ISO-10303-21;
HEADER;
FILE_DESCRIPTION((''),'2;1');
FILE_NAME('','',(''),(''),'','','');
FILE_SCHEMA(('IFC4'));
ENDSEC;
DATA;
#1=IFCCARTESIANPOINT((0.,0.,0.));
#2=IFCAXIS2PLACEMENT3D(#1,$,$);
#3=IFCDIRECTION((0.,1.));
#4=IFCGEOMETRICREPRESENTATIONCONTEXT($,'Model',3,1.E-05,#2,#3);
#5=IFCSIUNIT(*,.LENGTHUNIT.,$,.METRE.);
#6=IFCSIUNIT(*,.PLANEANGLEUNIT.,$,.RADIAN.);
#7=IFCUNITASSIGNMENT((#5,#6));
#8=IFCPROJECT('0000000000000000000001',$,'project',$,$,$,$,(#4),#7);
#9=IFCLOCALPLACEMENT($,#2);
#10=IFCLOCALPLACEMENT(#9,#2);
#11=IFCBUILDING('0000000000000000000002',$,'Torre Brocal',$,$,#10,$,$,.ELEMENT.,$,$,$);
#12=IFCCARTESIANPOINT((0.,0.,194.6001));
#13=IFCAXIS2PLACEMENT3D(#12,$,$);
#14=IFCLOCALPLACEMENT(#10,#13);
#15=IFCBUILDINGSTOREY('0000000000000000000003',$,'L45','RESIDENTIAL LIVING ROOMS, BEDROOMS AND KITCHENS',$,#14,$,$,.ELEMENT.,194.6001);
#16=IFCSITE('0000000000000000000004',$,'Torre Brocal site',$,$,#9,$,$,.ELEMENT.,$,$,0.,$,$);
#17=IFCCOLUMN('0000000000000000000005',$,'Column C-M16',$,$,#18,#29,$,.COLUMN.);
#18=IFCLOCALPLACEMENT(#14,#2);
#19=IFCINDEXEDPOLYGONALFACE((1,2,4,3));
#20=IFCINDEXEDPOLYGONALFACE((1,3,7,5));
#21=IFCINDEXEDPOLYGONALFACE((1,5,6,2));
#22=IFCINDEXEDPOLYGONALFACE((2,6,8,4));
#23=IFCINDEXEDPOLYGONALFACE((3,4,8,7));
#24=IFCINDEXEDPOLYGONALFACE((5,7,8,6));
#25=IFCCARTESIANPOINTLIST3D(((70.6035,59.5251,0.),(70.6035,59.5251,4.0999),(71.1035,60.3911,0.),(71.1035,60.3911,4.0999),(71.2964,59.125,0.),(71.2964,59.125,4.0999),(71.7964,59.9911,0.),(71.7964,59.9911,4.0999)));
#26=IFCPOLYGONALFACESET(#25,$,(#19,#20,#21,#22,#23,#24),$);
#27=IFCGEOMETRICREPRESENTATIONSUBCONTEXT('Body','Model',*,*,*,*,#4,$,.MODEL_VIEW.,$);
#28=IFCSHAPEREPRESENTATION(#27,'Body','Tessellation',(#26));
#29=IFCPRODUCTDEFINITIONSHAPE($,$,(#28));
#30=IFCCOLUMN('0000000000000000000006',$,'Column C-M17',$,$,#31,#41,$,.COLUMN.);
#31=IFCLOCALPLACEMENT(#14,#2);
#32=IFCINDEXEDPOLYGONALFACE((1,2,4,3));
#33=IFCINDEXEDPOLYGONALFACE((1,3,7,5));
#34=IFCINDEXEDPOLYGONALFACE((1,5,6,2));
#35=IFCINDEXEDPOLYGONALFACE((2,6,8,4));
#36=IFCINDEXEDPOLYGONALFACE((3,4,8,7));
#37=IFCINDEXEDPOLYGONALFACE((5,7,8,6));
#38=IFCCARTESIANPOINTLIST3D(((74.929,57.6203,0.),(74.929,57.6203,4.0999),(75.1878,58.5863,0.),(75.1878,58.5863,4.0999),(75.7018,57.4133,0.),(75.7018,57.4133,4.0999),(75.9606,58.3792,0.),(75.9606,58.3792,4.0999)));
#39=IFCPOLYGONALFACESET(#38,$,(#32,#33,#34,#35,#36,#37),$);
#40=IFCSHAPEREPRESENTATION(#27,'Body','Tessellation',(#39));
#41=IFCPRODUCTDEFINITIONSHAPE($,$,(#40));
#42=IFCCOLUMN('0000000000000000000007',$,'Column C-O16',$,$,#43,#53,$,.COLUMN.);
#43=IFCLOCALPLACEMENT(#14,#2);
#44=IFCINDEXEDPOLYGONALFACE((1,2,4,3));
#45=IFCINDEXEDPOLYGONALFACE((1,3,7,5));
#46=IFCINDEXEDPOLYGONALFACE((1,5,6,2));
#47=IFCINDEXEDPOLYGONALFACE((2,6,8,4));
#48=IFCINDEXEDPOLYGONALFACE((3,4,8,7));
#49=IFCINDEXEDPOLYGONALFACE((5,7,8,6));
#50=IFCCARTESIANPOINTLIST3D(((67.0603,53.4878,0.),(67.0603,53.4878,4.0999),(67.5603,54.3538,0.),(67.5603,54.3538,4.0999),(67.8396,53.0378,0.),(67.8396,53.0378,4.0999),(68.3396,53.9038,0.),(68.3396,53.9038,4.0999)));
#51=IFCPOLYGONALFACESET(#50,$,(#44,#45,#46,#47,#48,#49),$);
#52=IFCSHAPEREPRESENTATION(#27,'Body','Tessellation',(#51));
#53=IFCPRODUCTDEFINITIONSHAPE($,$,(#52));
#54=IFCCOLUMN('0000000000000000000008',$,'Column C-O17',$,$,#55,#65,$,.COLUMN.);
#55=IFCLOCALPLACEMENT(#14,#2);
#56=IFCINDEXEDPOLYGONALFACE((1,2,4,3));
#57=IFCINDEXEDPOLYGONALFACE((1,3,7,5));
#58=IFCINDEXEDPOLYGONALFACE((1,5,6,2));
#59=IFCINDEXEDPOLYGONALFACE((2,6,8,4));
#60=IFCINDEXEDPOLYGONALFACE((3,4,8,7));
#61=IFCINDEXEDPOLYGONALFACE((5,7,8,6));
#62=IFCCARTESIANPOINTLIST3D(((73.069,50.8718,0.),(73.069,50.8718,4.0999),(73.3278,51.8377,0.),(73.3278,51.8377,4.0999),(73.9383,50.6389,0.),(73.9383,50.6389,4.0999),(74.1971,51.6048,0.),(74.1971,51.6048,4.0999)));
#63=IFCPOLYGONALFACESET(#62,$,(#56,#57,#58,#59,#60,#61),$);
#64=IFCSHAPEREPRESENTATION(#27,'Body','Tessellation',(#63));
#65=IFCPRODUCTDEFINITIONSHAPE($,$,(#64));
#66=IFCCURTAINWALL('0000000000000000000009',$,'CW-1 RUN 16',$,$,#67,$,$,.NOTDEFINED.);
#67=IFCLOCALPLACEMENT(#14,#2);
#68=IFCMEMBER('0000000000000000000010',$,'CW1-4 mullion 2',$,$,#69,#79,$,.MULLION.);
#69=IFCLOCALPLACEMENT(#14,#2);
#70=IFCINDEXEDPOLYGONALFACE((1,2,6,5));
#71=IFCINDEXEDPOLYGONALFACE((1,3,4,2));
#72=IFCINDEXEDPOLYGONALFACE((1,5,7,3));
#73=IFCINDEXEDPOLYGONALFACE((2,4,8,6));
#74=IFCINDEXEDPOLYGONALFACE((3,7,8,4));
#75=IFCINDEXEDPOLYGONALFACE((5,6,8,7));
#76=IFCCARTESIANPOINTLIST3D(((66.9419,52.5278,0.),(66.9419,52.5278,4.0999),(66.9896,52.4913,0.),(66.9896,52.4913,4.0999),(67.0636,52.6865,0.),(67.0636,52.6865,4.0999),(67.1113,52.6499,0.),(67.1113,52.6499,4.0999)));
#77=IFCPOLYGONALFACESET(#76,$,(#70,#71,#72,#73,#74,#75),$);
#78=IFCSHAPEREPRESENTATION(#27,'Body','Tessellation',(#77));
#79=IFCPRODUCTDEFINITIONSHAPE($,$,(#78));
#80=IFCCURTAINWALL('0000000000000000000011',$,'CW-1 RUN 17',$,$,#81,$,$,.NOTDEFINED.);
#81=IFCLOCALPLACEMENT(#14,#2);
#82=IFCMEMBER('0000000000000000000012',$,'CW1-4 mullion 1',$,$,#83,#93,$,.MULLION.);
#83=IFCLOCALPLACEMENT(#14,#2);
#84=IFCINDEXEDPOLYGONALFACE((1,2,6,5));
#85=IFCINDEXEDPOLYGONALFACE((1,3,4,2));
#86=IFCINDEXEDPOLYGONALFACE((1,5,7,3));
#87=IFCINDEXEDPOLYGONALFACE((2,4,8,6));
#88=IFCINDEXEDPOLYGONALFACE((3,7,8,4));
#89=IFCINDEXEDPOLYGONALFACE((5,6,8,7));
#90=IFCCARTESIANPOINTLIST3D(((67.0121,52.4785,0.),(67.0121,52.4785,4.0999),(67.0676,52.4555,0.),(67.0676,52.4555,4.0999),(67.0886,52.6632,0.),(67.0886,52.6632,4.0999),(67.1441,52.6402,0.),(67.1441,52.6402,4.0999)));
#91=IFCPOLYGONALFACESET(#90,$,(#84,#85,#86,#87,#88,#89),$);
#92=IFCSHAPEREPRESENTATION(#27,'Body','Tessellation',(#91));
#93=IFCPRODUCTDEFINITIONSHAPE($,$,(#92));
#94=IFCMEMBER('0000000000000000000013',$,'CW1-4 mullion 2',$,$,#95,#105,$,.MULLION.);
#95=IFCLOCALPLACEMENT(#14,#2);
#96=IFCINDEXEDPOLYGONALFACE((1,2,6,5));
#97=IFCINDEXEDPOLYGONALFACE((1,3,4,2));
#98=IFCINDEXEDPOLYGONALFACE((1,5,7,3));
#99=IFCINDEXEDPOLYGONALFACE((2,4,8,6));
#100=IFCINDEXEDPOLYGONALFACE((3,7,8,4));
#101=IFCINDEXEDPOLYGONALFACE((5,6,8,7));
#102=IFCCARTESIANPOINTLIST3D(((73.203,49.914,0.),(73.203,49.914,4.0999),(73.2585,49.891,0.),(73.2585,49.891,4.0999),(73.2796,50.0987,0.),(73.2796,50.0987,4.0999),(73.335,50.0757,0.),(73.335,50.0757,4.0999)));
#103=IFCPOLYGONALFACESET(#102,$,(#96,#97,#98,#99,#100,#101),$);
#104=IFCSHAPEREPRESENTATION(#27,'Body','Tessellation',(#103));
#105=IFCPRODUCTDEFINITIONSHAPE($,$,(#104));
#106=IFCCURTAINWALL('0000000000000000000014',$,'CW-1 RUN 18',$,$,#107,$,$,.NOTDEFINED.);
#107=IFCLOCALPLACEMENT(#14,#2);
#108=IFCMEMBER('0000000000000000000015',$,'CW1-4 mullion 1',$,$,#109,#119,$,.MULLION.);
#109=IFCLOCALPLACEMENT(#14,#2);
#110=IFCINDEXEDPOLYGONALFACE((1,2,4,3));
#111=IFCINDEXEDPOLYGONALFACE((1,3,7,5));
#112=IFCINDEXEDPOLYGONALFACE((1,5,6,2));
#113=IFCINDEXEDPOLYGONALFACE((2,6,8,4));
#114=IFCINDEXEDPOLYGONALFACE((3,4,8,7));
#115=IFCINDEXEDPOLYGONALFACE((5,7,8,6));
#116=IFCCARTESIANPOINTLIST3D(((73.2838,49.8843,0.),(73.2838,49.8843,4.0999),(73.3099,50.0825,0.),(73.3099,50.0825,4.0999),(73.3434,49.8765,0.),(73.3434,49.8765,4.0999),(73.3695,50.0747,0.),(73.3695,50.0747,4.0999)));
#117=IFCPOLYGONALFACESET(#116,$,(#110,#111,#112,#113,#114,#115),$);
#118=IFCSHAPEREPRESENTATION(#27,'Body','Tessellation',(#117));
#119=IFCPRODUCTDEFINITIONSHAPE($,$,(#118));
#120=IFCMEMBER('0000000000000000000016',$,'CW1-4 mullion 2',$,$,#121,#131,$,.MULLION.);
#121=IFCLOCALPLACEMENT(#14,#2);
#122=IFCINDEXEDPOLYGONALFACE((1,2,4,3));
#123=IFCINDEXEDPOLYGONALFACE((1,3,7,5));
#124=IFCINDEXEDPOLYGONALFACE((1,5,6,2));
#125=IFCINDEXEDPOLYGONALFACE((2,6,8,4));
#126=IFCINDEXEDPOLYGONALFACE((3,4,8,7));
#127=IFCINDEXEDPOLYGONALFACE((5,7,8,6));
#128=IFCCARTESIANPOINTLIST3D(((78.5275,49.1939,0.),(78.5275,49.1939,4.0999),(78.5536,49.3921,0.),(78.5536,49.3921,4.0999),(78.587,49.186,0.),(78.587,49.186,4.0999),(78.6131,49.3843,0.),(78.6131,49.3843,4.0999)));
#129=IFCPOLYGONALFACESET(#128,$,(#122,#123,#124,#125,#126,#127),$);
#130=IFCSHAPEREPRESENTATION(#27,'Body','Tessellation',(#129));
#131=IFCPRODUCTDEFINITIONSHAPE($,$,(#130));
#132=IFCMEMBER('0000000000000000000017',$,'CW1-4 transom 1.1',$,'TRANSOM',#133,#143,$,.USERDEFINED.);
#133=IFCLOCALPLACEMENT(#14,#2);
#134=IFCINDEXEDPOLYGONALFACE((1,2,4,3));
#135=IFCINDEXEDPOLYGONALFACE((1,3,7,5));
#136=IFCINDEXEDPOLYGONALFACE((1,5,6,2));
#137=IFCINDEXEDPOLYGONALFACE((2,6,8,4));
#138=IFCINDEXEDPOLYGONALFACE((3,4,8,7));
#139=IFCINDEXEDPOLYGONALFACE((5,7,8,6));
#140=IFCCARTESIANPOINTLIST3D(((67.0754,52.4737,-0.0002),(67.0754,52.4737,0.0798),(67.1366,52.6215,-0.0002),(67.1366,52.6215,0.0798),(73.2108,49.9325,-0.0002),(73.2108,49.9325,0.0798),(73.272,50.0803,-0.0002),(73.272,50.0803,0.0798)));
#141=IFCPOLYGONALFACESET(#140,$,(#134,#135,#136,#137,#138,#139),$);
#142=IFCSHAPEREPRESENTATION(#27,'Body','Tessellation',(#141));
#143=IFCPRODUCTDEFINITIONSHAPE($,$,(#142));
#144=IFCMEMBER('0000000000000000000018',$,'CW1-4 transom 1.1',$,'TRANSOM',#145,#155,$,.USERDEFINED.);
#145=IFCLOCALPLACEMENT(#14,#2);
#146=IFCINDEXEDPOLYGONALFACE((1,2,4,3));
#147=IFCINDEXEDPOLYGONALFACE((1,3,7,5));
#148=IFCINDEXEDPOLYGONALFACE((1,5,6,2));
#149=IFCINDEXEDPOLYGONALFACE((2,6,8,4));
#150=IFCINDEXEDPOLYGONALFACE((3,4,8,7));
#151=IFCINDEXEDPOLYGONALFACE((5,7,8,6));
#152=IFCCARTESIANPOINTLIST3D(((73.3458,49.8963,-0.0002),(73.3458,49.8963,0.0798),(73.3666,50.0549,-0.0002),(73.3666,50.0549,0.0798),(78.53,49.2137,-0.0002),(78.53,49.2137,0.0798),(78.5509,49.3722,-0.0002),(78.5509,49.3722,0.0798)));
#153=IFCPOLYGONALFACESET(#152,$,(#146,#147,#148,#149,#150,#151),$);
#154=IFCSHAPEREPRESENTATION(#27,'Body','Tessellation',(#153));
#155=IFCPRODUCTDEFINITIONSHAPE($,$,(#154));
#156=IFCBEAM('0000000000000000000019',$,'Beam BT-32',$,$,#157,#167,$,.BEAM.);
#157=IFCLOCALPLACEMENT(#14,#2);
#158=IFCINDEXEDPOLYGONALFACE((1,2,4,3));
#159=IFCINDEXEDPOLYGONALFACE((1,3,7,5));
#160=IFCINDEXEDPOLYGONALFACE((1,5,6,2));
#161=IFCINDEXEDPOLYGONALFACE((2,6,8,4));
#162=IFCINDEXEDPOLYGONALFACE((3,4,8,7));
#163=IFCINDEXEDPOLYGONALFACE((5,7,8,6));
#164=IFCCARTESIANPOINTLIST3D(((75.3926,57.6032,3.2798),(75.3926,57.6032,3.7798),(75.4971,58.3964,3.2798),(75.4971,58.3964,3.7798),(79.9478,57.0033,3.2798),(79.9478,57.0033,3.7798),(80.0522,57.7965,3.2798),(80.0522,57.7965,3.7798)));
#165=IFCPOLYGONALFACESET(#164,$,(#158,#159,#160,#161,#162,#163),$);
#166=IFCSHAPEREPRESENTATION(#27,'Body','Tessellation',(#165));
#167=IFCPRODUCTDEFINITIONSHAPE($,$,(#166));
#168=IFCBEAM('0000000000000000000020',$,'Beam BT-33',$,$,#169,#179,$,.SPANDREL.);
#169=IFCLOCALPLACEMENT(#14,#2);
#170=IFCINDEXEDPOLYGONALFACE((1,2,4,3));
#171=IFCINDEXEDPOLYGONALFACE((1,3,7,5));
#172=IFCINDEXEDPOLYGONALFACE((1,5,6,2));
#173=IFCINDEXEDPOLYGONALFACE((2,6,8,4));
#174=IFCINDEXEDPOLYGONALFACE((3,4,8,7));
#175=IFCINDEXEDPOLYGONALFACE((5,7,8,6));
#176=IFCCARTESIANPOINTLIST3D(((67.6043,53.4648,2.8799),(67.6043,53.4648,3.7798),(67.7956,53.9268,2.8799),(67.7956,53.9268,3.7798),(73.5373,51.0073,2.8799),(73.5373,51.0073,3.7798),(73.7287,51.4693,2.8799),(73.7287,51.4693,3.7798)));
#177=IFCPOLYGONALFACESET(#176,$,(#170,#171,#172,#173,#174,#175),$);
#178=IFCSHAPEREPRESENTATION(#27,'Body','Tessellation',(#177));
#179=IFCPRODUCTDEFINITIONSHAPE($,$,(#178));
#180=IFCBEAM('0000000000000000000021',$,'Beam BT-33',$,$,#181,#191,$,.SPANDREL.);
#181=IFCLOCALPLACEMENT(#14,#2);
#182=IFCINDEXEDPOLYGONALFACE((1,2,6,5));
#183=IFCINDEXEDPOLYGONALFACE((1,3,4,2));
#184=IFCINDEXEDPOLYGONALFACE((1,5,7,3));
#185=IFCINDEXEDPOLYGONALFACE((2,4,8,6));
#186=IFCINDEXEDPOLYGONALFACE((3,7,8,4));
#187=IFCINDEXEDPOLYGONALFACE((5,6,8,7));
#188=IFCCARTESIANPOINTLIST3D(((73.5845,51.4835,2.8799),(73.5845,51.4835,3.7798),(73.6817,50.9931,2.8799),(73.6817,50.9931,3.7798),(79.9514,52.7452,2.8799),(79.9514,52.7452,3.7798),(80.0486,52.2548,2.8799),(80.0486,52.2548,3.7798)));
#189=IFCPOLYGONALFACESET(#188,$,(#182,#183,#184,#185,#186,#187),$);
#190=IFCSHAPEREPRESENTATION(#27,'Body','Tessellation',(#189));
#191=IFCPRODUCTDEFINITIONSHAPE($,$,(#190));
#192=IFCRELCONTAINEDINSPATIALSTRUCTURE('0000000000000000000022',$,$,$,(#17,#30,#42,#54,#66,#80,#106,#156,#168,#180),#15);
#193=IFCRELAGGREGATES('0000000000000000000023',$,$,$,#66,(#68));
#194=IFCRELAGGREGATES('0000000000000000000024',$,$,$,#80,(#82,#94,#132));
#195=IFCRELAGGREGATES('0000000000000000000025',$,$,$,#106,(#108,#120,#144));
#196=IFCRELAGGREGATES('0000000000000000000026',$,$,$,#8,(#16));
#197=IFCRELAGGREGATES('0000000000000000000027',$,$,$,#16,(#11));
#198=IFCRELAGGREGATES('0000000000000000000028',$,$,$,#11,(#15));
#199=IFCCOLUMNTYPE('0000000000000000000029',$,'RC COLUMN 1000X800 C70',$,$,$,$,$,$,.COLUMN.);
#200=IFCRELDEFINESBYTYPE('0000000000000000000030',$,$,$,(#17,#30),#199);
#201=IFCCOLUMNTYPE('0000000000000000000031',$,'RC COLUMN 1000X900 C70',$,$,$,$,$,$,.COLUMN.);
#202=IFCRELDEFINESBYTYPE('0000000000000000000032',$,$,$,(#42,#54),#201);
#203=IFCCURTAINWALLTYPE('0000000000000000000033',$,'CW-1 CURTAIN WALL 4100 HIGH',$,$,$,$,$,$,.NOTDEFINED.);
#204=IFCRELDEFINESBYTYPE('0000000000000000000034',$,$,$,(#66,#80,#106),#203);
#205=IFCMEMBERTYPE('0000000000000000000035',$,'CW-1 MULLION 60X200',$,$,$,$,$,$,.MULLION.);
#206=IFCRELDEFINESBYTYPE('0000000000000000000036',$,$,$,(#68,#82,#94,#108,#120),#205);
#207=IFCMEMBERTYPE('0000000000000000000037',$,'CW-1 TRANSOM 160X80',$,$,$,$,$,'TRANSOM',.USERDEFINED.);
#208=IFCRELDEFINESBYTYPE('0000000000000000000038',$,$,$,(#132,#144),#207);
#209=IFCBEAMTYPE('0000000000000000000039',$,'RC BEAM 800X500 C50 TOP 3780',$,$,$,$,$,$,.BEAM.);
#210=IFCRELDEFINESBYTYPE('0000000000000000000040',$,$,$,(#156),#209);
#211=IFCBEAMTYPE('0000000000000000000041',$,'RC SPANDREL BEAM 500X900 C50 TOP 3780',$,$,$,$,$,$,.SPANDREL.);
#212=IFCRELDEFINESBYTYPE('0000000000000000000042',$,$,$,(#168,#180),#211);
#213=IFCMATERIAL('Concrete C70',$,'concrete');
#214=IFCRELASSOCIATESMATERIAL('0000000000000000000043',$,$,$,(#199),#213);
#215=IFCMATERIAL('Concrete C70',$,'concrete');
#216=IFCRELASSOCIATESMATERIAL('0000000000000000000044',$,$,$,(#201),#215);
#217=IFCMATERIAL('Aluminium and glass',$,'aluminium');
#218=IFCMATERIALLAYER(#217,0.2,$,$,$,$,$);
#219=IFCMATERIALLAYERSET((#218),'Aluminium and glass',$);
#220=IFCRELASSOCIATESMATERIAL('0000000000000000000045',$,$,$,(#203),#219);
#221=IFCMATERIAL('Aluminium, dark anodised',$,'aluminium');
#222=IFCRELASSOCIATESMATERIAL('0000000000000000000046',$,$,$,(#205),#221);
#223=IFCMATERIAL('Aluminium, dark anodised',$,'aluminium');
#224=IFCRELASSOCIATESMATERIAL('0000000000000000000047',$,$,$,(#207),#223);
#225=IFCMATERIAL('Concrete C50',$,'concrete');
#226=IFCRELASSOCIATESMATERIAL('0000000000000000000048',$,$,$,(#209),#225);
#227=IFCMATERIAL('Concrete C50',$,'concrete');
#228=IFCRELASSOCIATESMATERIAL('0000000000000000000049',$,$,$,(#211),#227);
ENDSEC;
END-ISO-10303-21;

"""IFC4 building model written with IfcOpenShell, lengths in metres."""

from ifc_helpers import new_model, si_unit, direction, frame, origin, origin_2d, place, context, subcontext, project, spatial, rectangle, extrude, material, layer, layer_set, material_profile, profile_set, type_object, element, aggregate, save


model = new_model("IFC4")

# Units and contexts
model_context = context("Model", 3, precision=1e-05, world=origin(), true_north=direction((0.0, 1.0)))
body_context = subcontext(model_context, "Body", "Model", "MODEL_VIEW")
ifc_project = project(units=[si_unit("LENGTHUNIT", "METRE"), si_unit("PLANEANGLEUNIT", "RADIAN")], contexts=[model_context])

# Site, building, storey
site_placement = place(None, origin())
site = spatial("IfcSite", under=ifc_project, at=site_placement, Name="Torre Brocal site", CompositionType="ELEMENT", RefElevation=0.0)
building_placement = place(site_placement, origin())
building = spatial("IfcBuilding", under=site, at=building_placement, Name="Torre Brocal", CompositionType="ELEMENT")
storey_placement = place(building_placement, frame((0.0, 0.0, 194.6001)))
storey = spatial("IfcBuildingStorey", under=building, at=storey_placement, Name="L45", Description="RESIDENTIAL LIVING ROOMS, BEDROOMS AND KITCHENS", CompositionType="ELEMENT", Elevation=194.6001)

# Columns
ifc_material_1 = material(Name="Concrete C70", Category="concrete")
ifc_material_profile_1 = material_profile(ifc_material_1, rectangle(XDim=1.0, YDim=0.8, at=origin_2d()), Name="RC 1000X800")
ifc_profile_set_1 = profile_set([ifc_material_profile_1], Name="Concrete C70")
column_type_1 = type_object("IfcColumnType", Name="RC COLUMN 1000X800 C70", PredefinedType="COLUMN", material=ifc_profile_set_1)
for number, where, z_axis, x_axis, name in (
    (1, (71.2, 59.7581, 0.0), (0.0, 0.0, 1.0), (-0.5, -0.866025, 0.0), "Column C-M16"),
    (2, (75.4448, 57.9998, 0.0), (0.0, 0.0, 1.0), (-0.258819, -0.965926, 0.0), "Column C-M17"),
):
    element("IfcColumn", number, at=place(storey_placement, frame(where, z_axis=z_axis, x_axis=x_axis)), inside=storey, type_object=column_type_1, Name=name, PredefinedType="COLUMN", context=body_context, shape_type="SweptSolid", body=[
        extrude(rectangle(XDim=1.0, YDim=0.8, at=origin_2d()), origin(), (0.0, 0.0, 1.0), 4.0999),
    ])
ifc_material_2 = material(Name="Concrete C70", Category="concrete")
ifc_material_profile_2 = material_profile(ifc_material_2, rectangle(XDim=1.0, YDim=0.8999, at=origin_2d()), Name="RC 1000X900")
ifc_profile_set_2 = profile_set([ifc_material_profile_2], Name="Concrete C70")
column_type_2 = type_object("IfcColumnType", Name="RC COLUMN 1000X900 C70", PredefinedType="COLUMN", material=ifc_profile_set_2)
for number, where, z_axis, x_axis, name in (
    (3, (67.7, 53.6958, 0.0), (0.0, 0.0, 1.0), (-0.5, -0.866025, 0.0), "Column C-O16"),
    (4, (73.6331, 51.2383, 0.0), (0.0, 0.0, 1.0), (-0.258819, -0.965926, 0.0), "Column C-O17"),
):
    element("IfcColumn", number, at=place(storey_placement, frame(where, z_axis=z_axis, x_axis=x_axis)), inside=storey, type_object=column_type_2, Name=name, PredefinedType="COLUMN", context=body_context, shape_type="SweptSolid", body=[
        extrude(rectangle(XDim=1.0, YDim=0.8999, at=origin_2d()), origin(), (0.0, 0.0, 1.0), 4.0999),
    ])

# Curtain wall, member
ifc_material_3 = material(Name="Aluminium and glass", Category="aluminium")
ifc_layer_1 = layer(ifc_material_3, 0.2)
ifc_layer_set_1 = layer_set([ifc_layer_1], Name="Aluminium and glass")
curtain_wall_type = type_object("IfcCurtainWallType", Name="CW-1 CURTAIN WALL 4100 HIGH", PredefinedType="NOTDEFINED", material=ifc_layer_set_1)
curtain_wall_1_placement = place(storey_placement, origin())
curtain_wall_1 = element("IfcCurtainWall", 5, at=curtain_wall_1_placement, inside=storey, type_object=curtain_wall_type, Name="CW-1 RUN 16", PredefinedType="NOTDEFINED")
ifc_material_4 = material(Name="Aluminium, dark anodised", Category="aluminium")
ifc_material_profile_3 = material_profile(ifc_material_4, rectangle(XDim=0.2, YDim=0.0601, at=origin_2d()), Name="CW-1 MULLION 60X200")
ifc_profile_set_3 = profile_set([ifc_material_profile_3], Name="Aluminium, dark anodised")
member_type_1 = type_object("IfcMemberType", Name="CW-1 MULLION 60X200", PredefinedType="MULLION", material=ifc_profile_set_3)
member_1_placement = place(storey_placement, frame((67.0266, 52.5889, 0.0), z_axis=(0.0, 0.0, 1.0), x_axis=(0.608761, 0.793353, 0.0)))
member_1 = element("IfcMember", 6, at=member_1_placement, type_object=member_type_1, Name="CW1-4 mullion 2", PredefinedType="MULLION", context=body_context, shape_type="SweptSolid", body=[
    extrude(rectangle(XDim=0.2, YDim=0.0601, at=origin_2d()), origin(), (0.0, 0.0, 1.0), 4.0999),
])
aggregate(curtain_wall_1, [member_1])

# Curtain walls, members
curtain_wall_2_placement = place(storey_placement, origin())
curtain_wall_2 = element("IfcCurtainWall", 7, at=curtain_wall_2_placement, inside=storey, type_object=curtain_wall_type, Name="CW-1 RUN 17", PredefinedType="NOTDEFINED")
member_2_placement = place(storey_placement, frame((67.0781, 52.5593, 0.0), z_axis=(0.0, 0.0, 1.0), x_axis=(0.382683, 0.92388, 0.0)))
member_2 = element("IfcMember", 8, at=member_2_placement, type_object=member_type_1, Name="CW1-4 mullion 1", PredefinedType="MULLION", context=body_context, shape_type="SweptSolid", body=[
    extrude(rectangle(XDim=0.2, YDim=0.0601, at=origin_2d()), origin(), (0.0, 0.0, 1.0), 4.0999),
])
member_3_placement = place(storey_placement, frame((73.269, 49.9949, 0.0), z_axis=(0.0, 0.0, 1.0), x_axis=(0.382683, 0.92388, 0.0)))
member_3 = element("IfcMember", 9, at=member_3_placement, type_object=member_type_1, Name="CW1-4 mullion 2", PredefinedType="MULLION", context=body_context, shape_type="SweptSolid", body=[
    extrude(rectangle(XDim=0.2, YDim=0.0601, at=origin_2d()), origin(), (0.0, 0.0, 1.0), 4.0999),
])
curtain_wall_3_placement = place(storey_placement, origin())
curtain_wall_3 = element("IfcCurtainWall", 10, at=curtain_wall_3_placement, inside=storey, type_object=curtain_wall_type, Name="CW-1 RUN 18", PredefinedType="NOTDEFINED")
member_4_placement = place(storey_placement, frame((73.3267, 49.9795, 0.0), z_axis=(0.0, 0.0, 1.0), x_axis=(0.130526, 0.991445, 0.0)))
member_4 = element("IfcMember", 11, at=member_4_placement, type_object=member_type_1, Name="CW1-4 mullion 1", PredefinedType="MULLION", context=body_context, shape_type="SweptSolid", body=[
    extrude(rectangle(XDim=0.2, YDim=0.0601, at=origin_2d()), origin(), (0.0, 0.0, 1.0), 4.0999),
])
member_5_placement = place(storey_placement, frame((78.5703, 49.2891, 0.0), z_axis=(0.0, 0.0, 1.0), x_axis=(0.130526, 0.991445, 0.0)))
member_5 = element("IfcMember", 12, at=member_5_placement, type_object=member_type_1, Name="CW1-4 mullion 2", PredefinedType="MULLION", context=body_context, shape_type="SweptSolid", body=[
    extrude(rectangle(XDim=0.2, YDim=0.0601, at=origin_2d()), origin(), (0.0, 0.0, 1.0), 4.0999),
])

# Members
ifc_material_5 = material(Name="Aluminium, dark anodised", Category="aluminium")
ifc_material_profile_4 = material_profile(ifc_material_5, rectangle(XDim=0.1599, YDim=0.0801, at=origin_2d()), Name="CW-1 TRANSOM 160X80")
ifc_profile_set_4 = profile_set([ifc_material_profile_4], Name="Aluminium, dark anodised")
member_type_2 = type_object("IfcMemberType", Name="CW-1 TRANSOM 160X80", ElementType="TRANSOM", PredefinedType="USERDEFINED", material=ifc_profile_set_4)
member_6_placement = place(storey_placement, frame((67.106, 52.5476, 0.0398), z_axis=(0.923887, -0.382665, 0.0), x_axis=(0.382665, 0.923887, 0.0)))
member_6 = element("IfcMember", 13, at=member_6_placement, type_object=member_type_2, Name="CW1-4 transom 1.1", ObjectType="TRANSOM", PredefinedType="USERDEFINED", context=body_context, shape_type="SweptSolid", body=[
    extrude(rectangle(XDim=0.1599, YDim=0.0801, at=origin_2d()), origin(), (0.0, 0.0, 1.0), 6.6409),
])
member_7_placement = place(storey_placement, frame((73.3562, 49.9756, 0.0398), z_axis=(0.991443, -0.130543, 0.0), x_axis=(0.130543, 0.991443, 0.0)))
member_7 = element("IfcMember", 14, at=member_7_placement, type_object=member_type_2, Name="CW1-4 transom 1.1", ObjectType="TRANSOM", PredefinedType="USERDEFINED", context=body_context, shape_type="SweptSolid", body=[
    extrude(rectangle(XDim=0.1599, YDim=0.0801, at=origin_2d()), origin(), (0.0, 0.0, 1.0), 5.229),
])

# Beams
ifc_material_6 = material(Name="Concrete C50", Category="concrete")
ifc_material_profile_5 = material_profile(ifc_material_6, rectangle(XDim=0.8, YDim=0.5, at=origin_2d()), Name="RC 800X500")
ifc_profile_set_5 = profile_set([ifc_material_profile_5], Name="Concrete C50")
beam_type_1 = type_object("IfcBeamType", Name="RC BEAM 800X500 C50 TOP 3780", PredefinedType="BEAM", material=ifc_profile_set_5)
beam_1_placement = place(storey_placement, frame((75.4448, 57.9998, 3.5298), z_axis=(0.991441, -0.130559, 0.0), x_axis=(0.130559, 0.991441, 0.0)))
element("IfcBeam", 15, at=beam_1_placement, inside=storey, type_object=beam_type_1, Name="Beam BT-32", PredefinedType="BEAM", context=body_context, shape_type="SweptSolid", body=[
    extrude(rectangle(XDim=0.8, YDim=0.5, at=origin_2d()), origin(), (0.0, 0.0, 1.0), 4.5945),
])
ifc_material_7 = material(Name="Concrete C50", Category="concrete")
ifc_material_profile_6 = material_profile(ifc_material_7, rectangle(XDim=0.5, YDim=0.8999, at=origin_2d()), Name="RC 500X900")
ifc_profile_set_6 = profile_set([ifc_material_profile_6], Name="Concrete C50")
beam_type_2 = type_object("IfcBeamType", Name="RC SPANDREL BEAM 500X900 C50 TOP 3780", PredefinedType="SPANDREL", material=ifc_profile_set_6)
beam_2_placement = place(storey_placement, frame((67.7, 53.6958, 3.3298), z_axis=(0.923882, -0.382676, 0.0), x_axis=(0.382676, 0.923882, 0.0)))
element("IfcBeam", 16, at=beam_2_placement, inside=storey, type_object=beam_type_2, Name="Beam BT-33", PredefinedType="SPANDREL", context=body_context, shape_type="SweptSolid", body=[
    extrude(rectangle(XDim=0.5, YDim=0.8999, at=origin_2d()), origin(), (0.0, 0.0, 1.0), 6.4219),
])
beam_3_placement = place(storey_placement, frame((73.6331, 51.2383, 3.3298), z_axis=(0.980925, 0.194387, 0.0), x_axis=(-0.194387, 0.980925, 0.0)))
element("IfcBeam", 17, at=beam_3_placement, inside=storey, type_object=beam_type_2, Name="Beam BT-33", PredefinedType="SPANDREL", context=body_context, shape_type="SweptSolid", body=[
    extrude(rectangle(XDim=0.5, YDim=0.8999, at=origin_2d()), origin(), (0.0, 0.0, 1.0), 6.4907),
])

aggregate(curtain_wall_2, [member_2, member_3, member_6])
aggregate(curtain_wall_3, [member_4, member_5, member_7])

save(model, "model.ifc")
